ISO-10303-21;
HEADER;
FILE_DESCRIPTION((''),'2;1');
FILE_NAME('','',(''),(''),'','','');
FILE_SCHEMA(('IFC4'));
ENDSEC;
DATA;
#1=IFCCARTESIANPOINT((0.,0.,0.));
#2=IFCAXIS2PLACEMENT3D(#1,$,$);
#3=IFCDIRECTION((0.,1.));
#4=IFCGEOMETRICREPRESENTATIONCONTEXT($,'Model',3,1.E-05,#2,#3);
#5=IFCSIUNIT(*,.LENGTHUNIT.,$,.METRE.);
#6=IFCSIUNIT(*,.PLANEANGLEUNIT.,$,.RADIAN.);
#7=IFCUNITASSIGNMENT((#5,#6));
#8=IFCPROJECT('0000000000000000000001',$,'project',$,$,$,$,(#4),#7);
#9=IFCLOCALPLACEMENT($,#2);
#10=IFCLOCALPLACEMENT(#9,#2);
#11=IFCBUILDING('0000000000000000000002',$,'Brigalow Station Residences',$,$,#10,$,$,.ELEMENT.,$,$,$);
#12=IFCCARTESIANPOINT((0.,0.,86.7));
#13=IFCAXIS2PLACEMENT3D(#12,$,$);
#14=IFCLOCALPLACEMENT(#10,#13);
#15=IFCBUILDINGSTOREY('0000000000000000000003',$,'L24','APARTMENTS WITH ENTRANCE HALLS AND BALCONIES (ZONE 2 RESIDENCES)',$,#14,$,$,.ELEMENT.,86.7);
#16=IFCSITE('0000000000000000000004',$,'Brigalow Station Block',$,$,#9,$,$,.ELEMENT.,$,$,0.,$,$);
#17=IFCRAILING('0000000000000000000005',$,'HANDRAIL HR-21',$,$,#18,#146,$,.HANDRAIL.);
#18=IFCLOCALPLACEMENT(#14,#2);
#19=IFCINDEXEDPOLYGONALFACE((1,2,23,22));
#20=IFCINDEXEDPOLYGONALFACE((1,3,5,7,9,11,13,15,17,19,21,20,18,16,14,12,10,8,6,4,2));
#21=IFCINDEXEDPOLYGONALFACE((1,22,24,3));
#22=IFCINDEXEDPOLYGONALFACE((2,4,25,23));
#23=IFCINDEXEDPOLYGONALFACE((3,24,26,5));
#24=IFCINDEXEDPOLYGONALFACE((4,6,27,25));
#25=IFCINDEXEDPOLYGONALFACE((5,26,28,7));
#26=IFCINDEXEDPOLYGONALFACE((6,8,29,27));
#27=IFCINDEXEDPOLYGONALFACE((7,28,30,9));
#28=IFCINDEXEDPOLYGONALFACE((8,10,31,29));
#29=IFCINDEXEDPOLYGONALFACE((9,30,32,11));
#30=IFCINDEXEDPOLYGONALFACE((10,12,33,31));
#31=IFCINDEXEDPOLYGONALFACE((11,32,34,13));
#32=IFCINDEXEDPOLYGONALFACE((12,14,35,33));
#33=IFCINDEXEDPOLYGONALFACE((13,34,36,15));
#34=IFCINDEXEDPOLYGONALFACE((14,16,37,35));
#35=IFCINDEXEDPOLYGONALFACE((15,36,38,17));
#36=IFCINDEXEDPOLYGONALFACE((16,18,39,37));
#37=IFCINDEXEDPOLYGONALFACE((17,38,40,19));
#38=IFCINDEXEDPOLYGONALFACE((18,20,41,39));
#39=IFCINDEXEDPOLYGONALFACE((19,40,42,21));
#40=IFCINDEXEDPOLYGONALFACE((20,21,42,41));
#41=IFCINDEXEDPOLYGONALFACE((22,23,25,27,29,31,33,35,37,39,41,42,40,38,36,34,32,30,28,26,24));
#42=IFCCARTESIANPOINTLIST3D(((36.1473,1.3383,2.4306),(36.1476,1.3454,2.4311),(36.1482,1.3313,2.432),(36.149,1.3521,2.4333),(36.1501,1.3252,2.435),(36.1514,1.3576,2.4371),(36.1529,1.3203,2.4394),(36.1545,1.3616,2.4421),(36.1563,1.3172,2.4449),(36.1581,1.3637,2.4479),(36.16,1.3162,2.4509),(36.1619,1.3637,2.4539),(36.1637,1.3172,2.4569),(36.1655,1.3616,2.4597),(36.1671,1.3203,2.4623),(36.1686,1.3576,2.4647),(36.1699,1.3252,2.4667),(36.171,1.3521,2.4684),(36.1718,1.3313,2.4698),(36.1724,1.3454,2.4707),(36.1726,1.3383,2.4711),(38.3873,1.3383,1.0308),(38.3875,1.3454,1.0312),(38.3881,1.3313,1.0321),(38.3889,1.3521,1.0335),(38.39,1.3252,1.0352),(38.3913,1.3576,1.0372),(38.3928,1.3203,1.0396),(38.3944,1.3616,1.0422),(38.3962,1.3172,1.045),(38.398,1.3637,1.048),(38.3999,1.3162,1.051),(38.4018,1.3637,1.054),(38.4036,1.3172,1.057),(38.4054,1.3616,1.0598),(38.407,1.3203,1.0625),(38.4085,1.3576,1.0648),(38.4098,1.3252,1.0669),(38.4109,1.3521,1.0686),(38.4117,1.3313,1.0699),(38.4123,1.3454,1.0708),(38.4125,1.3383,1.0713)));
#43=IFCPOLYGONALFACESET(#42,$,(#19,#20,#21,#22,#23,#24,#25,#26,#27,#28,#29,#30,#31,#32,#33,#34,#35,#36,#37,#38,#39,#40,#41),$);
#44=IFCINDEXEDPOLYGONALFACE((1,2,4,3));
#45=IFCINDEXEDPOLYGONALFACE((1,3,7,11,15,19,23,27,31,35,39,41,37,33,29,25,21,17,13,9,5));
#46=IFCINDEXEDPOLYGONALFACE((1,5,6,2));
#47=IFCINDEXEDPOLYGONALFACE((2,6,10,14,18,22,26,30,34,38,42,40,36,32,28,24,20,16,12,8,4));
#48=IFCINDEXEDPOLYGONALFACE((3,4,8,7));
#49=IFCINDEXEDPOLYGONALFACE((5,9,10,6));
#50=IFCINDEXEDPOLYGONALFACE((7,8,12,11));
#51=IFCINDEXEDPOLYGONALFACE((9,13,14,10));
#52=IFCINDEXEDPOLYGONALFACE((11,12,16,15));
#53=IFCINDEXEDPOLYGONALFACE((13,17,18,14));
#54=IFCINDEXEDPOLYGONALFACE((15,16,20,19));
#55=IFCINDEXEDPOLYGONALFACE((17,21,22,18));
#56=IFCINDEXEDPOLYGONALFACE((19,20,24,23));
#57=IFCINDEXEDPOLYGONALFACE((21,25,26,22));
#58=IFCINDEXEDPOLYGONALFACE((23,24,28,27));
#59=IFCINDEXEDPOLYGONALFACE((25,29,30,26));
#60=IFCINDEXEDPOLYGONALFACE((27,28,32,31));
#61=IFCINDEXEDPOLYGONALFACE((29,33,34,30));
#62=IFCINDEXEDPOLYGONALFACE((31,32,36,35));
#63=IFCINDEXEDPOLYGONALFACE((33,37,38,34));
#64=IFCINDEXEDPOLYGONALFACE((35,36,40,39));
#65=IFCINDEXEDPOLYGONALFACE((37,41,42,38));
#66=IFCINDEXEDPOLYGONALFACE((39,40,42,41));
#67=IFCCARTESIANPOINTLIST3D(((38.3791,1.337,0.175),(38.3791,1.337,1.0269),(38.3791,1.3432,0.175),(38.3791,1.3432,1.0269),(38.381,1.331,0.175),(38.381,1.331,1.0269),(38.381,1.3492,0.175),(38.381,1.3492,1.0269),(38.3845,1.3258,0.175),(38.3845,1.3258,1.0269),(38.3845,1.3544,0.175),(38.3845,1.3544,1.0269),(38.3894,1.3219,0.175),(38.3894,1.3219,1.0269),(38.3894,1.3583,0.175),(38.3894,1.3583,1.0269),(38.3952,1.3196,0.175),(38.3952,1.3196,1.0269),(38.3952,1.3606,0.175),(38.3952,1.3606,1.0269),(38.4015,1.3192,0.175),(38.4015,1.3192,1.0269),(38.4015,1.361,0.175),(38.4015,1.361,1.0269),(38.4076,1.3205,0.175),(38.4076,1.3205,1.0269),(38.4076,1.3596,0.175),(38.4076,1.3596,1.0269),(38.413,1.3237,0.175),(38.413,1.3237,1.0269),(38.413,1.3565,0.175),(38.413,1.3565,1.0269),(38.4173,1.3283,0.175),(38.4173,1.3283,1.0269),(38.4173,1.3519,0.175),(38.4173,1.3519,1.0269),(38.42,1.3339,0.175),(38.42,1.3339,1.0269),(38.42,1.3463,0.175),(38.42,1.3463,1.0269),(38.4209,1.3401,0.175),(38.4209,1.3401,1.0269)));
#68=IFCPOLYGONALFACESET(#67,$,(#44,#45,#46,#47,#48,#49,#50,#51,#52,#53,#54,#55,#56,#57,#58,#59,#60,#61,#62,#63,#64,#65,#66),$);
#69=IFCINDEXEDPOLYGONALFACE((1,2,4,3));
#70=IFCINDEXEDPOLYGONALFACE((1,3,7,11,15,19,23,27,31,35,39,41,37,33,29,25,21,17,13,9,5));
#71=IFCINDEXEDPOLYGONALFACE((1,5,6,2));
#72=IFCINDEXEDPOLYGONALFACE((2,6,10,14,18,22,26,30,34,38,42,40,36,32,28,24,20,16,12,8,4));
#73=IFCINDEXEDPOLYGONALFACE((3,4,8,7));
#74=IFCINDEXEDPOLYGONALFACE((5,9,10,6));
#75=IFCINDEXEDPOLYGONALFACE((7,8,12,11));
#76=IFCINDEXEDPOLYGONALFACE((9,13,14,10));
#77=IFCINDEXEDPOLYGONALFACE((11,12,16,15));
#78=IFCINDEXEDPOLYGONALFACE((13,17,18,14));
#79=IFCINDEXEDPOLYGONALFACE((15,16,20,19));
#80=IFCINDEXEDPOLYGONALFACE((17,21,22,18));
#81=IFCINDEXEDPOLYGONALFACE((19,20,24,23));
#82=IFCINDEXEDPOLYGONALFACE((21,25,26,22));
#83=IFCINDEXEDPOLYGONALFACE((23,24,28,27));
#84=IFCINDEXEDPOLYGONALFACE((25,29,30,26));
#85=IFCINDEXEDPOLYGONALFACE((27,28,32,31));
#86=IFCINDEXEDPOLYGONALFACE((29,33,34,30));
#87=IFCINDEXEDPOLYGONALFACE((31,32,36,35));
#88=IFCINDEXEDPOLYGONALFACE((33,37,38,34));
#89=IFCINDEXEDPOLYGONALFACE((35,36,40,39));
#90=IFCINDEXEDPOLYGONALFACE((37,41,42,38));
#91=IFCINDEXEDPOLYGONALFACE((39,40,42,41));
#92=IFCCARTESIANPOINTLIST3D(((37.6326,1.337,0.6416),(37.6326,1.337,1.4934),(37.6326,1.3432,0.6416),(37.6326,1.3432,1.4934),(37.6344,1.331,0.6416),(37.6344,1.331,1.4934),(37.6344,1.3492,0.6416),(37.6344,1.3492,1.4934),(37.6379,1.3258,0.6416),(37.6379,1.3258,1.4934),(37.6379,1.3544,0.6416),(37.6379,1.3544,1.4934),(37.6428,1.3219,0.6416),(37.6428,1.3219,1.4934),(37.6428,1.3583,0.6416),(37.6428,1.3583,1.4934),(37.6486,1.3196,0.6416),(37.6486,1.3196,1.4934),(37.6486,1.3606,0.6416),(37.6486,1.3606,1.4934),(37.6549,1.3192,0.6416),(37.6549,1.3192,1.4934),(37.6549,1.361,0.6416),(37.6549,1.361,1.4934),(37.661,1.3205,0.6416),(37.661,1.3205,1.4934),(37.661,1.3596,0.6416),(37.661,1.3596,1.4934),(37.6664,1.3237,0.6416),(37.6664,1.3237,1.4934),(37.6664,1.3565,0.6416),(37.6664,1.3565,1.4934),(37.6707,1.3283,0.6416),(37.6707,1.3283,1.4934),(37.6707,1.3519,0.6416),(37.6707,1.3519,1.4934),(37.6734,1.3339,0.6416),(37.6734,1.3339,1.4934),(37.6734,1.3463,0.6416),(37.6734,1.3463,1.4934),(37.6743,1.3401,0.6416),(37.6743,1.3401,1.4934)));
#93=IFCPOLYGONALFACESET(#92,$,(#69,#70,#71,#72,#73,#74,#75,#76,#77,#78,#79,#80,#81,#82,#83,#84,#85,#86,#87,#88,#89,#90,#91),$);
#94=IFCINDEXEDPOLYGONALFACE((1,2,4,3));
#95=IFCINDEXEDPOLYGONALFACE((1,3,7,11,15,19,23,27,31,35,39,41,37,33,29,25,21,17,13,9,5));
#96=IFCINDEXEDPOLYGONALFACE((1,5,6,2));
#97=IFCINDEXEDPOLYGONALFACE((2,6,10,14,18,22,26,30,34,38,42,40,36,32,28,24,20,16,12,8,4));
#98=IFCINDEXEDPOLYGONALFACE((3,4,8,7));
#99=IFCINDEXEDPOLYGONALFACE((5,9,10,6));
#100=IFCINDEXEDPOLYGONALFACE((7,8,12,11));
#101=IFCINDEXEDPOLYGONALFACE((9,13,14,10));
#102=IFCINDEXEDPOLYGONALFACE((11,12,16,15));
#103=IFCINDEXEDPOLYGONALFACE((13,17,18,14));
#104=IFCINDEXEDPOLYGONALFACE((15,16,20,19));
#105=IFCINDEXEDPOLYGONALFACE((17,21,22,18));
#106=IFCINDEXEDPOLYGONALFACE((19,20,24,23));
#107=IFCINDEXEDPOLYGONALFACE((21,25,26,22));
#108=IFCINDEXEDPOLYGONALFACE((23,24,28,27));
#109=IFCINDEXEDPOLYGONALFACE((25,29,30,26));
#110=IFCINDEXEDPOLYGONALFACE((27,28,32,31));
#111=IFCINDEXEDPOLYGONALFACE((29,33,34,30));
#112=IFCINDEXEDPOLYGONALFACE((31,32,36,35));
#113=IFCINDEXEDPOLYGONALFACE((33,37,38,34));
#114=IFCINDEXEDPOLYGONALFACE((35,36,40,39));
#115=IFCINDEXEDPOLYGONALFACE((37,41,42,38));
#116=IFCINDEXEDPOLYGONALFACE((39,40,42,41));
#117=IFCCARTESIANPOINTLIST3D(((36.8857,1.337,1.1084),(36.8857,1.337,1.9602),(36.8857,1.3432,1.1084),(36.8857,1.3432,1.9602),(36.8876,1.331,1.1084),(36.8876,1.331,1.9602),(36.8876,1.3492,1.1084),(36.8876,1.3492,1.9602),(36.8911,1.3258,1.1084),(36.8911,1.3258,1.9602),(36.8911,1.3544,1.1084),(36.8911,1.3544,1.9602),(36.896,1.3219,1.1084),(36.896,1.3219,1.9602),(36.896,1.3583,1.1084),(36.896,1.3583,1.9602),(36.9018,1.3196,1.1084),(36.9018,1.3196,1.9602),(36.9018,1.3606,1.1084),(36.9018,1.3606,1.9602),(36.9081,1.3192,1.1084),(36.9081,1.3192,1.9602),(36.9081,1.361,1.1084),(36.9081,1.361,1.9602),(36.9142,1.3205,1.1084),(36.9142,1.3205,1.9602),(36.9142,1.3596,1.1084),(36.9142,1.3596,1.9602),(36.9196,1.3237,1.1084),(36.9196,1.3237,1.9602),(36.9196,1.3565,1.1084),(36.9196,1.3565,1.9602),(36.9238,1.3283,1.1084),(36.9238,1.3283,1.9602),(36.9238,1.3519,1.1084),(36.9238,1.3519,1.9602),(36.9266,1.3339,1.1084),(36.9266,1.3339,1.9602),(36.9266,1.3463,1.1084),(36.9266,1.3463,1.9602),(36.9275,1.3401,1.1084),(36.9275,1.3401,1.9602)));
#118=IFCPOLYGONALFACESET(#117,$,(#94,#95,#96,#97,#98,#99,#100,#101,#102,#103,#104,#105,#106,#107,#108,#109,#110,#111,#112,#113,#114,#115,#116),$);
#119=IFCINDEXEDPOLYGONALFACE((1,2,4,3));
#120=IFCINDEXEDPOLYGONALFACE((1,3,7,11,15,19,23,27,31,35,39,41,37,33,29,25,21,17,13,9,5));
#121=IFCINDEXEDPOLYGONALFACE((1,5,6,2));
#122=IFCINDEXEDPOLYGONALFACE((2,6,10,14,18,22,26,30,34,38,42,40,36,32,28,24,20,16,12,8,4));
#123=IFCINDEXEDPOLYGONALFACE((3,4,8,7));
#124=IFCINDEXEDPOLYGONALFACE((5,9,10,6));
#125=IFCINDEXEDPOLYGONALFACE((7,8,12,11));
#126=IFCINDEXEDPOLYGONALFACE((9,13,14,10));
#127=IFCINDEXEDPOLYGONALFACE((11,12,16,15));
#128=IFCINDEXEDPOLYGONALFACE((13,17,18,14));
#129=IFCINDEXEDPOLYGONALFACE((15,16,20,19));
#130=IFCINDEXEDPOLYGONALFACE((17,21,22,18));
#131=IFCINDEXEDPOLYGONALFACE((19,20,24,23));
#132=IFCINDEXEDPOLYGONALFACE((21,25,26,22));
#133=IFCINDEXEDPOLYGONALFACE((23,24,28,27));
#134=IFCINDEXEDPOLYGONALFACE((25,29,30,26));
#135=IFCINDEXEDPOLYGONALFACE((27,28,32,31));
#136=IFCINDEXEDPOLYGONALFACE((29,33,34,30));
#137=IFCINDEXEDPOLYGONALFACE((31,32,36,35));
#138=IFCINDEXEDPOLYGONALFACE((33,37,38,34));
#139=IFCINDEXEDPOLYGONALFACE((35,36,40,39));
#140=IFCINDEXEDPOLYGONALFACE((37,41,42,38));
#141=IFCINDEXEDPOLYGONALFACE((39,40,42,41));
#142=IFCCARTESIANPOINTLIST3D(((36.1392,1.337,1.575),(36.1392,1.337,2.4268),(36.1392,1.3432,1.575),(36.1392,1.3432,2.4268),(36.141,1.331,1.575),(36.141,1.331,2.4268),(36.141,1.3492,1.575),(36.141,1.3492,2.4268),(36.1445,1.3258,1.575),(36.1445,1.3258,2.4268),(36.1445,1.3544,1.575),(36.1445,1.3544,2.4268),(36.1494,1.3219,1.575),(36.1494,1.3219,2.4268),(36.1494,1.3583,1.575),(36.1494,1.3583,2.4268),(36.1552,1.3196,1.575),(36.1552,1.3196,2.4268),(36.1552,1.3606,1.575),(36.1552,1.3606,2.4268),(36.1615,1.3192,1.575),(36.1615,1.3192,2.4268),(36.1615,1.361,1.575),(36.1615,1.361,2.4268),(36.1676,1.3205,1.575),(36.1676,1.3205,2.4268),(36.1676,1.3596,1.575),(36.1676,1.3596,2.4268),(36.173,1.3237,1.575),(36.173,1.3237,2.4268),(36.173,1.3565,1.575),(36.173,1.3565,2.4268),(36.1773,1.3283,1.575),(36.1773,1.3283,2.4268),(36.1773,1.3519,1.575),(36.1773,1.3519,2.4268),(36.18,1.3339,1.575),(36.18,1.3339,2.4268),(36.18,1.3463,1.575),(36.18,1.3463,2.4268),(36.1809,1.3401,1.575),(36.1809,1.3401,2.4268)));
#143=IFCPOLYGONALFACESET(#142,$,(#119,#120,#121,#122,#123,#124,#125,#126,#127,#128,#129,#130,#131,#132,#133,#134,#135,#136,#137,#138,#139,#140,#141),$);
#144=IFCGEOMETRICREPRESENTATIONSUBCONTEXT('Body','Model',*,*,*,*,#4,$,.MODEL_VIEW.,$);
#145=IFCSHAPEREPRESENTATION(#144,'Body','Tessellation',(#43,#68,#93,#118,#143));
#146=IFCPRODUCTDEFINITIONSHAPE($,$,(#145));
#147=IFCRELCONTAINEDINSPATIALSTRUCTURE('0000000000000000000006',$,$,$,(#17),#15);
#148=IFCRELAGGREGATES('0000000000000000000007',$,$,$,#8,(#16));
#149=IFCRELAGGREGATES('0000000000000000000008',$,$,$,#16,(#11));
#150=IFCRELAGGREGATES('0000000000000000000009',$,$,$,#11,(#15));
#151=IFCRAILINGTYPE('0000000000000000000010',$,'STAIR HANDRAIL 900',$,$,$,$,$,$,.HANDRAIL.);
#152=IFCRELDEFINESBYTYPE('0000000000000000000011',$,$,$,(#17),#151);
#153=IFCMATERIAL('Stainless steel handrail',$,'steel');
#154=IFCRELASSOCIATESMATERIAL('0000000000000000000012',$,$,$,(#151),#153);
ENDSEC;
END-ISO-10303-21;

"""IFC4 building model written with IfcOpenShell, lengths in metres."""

from ifc_helpers import new_model, si_unit, direction, frame, origin, origin_2d, place, context, subcontext, project, spatial, circle, extrude, material, type_object, element, save


model = new_model("IFC4")

# Units and contexts
model_context = context("Model", 3, precision=1e-05, world=origin(), true_north=direction((0.0, 1.0)))
body_context = subcontext(model_context, "Body", "Model", "MODEL_VIEW")
ifc_project = project(units=[si_unit("LENGTHUNIT", "METRE"), si_unit("PLANEANGLEUNIT", "RADIAN")], contexts=[model_context])

# Site, building, storey
site_placement = place(None, origin())
site = spatial("IfcSite", under=ifc_project, at=site_placement, Name="Brigalow Station Block", CompositionType="ELEMENT", RefElevation=0.0)
building_placement = place(site_placement, origin())
building = spatial("IfcBuilding", under=site, at=building_placement, Name="Brigalow Station Residences", CompositionType="ELEMENT")
storey_placement = place(building_placement, frame((0.0, 0.0, 86.7)))
storey = spatial("IfcBuildingStorey", under=building, at=storey_placement, Name="L24", Description="APARTMENTS WITH ENTRANCE HALLS AND BALCONIES (ZONE 2 RESIDENCES)", CompositionType="ELEMENT", Elevation=86.7)

# Railing
ifc_material_1 = material(Name="Stainless steel handrail", Category="steel")
railing_type_1 = type_object("IfcRailingType", Name="STAIR HANDRAIL 900", PredefinedType="HANDRAIL", material=ifc_material_1)
railing_1_placement = place(storey_placement, frame((38.3999, 1.3401, 0.175)))
element("IfcRailing", 1, at=railing_1_placement, inside=storey, type_object=railing_type_1, Name="HANDRAIL HR-21", PredefinedType="HANDRAIL", context=body_context, shape_type="SweptSolid", body=[
    extrude(circle(Radius=0.0239, at=origin_2d()), frame((0.0, 0.0, 0.876), z_axis=(-0.848014, 0.0, 0.529974), x_axis=(0.0, -1.0, 0.0)), (0.0, 0.0, 1.0), 2.6414),
    extrude(circle(Radius=0.021, at=origin_2d()), origin(), (0.0, 0.0, 1.0), 0.8518),
    extrude(circle(Radius=0.021, at=origin_2d()), frame((-0.7466, 0.0, 0.4666)), (0.0, 0.0, 1.0), 0.8518),
    extrude(circle(Radius=0.021, at=origin_2d()), frame((-1.4934, 0.0, 0.9333)), (0.0, 0.0, 1.0), 0.8518),
    extrude(circle(Radius=0.021, at=origin_2d()), frame((-2.24, 0.0, 1.3999)), (0.0, 0.0, 1.0), 0.8518),
])

save(model, "model.ifc")
